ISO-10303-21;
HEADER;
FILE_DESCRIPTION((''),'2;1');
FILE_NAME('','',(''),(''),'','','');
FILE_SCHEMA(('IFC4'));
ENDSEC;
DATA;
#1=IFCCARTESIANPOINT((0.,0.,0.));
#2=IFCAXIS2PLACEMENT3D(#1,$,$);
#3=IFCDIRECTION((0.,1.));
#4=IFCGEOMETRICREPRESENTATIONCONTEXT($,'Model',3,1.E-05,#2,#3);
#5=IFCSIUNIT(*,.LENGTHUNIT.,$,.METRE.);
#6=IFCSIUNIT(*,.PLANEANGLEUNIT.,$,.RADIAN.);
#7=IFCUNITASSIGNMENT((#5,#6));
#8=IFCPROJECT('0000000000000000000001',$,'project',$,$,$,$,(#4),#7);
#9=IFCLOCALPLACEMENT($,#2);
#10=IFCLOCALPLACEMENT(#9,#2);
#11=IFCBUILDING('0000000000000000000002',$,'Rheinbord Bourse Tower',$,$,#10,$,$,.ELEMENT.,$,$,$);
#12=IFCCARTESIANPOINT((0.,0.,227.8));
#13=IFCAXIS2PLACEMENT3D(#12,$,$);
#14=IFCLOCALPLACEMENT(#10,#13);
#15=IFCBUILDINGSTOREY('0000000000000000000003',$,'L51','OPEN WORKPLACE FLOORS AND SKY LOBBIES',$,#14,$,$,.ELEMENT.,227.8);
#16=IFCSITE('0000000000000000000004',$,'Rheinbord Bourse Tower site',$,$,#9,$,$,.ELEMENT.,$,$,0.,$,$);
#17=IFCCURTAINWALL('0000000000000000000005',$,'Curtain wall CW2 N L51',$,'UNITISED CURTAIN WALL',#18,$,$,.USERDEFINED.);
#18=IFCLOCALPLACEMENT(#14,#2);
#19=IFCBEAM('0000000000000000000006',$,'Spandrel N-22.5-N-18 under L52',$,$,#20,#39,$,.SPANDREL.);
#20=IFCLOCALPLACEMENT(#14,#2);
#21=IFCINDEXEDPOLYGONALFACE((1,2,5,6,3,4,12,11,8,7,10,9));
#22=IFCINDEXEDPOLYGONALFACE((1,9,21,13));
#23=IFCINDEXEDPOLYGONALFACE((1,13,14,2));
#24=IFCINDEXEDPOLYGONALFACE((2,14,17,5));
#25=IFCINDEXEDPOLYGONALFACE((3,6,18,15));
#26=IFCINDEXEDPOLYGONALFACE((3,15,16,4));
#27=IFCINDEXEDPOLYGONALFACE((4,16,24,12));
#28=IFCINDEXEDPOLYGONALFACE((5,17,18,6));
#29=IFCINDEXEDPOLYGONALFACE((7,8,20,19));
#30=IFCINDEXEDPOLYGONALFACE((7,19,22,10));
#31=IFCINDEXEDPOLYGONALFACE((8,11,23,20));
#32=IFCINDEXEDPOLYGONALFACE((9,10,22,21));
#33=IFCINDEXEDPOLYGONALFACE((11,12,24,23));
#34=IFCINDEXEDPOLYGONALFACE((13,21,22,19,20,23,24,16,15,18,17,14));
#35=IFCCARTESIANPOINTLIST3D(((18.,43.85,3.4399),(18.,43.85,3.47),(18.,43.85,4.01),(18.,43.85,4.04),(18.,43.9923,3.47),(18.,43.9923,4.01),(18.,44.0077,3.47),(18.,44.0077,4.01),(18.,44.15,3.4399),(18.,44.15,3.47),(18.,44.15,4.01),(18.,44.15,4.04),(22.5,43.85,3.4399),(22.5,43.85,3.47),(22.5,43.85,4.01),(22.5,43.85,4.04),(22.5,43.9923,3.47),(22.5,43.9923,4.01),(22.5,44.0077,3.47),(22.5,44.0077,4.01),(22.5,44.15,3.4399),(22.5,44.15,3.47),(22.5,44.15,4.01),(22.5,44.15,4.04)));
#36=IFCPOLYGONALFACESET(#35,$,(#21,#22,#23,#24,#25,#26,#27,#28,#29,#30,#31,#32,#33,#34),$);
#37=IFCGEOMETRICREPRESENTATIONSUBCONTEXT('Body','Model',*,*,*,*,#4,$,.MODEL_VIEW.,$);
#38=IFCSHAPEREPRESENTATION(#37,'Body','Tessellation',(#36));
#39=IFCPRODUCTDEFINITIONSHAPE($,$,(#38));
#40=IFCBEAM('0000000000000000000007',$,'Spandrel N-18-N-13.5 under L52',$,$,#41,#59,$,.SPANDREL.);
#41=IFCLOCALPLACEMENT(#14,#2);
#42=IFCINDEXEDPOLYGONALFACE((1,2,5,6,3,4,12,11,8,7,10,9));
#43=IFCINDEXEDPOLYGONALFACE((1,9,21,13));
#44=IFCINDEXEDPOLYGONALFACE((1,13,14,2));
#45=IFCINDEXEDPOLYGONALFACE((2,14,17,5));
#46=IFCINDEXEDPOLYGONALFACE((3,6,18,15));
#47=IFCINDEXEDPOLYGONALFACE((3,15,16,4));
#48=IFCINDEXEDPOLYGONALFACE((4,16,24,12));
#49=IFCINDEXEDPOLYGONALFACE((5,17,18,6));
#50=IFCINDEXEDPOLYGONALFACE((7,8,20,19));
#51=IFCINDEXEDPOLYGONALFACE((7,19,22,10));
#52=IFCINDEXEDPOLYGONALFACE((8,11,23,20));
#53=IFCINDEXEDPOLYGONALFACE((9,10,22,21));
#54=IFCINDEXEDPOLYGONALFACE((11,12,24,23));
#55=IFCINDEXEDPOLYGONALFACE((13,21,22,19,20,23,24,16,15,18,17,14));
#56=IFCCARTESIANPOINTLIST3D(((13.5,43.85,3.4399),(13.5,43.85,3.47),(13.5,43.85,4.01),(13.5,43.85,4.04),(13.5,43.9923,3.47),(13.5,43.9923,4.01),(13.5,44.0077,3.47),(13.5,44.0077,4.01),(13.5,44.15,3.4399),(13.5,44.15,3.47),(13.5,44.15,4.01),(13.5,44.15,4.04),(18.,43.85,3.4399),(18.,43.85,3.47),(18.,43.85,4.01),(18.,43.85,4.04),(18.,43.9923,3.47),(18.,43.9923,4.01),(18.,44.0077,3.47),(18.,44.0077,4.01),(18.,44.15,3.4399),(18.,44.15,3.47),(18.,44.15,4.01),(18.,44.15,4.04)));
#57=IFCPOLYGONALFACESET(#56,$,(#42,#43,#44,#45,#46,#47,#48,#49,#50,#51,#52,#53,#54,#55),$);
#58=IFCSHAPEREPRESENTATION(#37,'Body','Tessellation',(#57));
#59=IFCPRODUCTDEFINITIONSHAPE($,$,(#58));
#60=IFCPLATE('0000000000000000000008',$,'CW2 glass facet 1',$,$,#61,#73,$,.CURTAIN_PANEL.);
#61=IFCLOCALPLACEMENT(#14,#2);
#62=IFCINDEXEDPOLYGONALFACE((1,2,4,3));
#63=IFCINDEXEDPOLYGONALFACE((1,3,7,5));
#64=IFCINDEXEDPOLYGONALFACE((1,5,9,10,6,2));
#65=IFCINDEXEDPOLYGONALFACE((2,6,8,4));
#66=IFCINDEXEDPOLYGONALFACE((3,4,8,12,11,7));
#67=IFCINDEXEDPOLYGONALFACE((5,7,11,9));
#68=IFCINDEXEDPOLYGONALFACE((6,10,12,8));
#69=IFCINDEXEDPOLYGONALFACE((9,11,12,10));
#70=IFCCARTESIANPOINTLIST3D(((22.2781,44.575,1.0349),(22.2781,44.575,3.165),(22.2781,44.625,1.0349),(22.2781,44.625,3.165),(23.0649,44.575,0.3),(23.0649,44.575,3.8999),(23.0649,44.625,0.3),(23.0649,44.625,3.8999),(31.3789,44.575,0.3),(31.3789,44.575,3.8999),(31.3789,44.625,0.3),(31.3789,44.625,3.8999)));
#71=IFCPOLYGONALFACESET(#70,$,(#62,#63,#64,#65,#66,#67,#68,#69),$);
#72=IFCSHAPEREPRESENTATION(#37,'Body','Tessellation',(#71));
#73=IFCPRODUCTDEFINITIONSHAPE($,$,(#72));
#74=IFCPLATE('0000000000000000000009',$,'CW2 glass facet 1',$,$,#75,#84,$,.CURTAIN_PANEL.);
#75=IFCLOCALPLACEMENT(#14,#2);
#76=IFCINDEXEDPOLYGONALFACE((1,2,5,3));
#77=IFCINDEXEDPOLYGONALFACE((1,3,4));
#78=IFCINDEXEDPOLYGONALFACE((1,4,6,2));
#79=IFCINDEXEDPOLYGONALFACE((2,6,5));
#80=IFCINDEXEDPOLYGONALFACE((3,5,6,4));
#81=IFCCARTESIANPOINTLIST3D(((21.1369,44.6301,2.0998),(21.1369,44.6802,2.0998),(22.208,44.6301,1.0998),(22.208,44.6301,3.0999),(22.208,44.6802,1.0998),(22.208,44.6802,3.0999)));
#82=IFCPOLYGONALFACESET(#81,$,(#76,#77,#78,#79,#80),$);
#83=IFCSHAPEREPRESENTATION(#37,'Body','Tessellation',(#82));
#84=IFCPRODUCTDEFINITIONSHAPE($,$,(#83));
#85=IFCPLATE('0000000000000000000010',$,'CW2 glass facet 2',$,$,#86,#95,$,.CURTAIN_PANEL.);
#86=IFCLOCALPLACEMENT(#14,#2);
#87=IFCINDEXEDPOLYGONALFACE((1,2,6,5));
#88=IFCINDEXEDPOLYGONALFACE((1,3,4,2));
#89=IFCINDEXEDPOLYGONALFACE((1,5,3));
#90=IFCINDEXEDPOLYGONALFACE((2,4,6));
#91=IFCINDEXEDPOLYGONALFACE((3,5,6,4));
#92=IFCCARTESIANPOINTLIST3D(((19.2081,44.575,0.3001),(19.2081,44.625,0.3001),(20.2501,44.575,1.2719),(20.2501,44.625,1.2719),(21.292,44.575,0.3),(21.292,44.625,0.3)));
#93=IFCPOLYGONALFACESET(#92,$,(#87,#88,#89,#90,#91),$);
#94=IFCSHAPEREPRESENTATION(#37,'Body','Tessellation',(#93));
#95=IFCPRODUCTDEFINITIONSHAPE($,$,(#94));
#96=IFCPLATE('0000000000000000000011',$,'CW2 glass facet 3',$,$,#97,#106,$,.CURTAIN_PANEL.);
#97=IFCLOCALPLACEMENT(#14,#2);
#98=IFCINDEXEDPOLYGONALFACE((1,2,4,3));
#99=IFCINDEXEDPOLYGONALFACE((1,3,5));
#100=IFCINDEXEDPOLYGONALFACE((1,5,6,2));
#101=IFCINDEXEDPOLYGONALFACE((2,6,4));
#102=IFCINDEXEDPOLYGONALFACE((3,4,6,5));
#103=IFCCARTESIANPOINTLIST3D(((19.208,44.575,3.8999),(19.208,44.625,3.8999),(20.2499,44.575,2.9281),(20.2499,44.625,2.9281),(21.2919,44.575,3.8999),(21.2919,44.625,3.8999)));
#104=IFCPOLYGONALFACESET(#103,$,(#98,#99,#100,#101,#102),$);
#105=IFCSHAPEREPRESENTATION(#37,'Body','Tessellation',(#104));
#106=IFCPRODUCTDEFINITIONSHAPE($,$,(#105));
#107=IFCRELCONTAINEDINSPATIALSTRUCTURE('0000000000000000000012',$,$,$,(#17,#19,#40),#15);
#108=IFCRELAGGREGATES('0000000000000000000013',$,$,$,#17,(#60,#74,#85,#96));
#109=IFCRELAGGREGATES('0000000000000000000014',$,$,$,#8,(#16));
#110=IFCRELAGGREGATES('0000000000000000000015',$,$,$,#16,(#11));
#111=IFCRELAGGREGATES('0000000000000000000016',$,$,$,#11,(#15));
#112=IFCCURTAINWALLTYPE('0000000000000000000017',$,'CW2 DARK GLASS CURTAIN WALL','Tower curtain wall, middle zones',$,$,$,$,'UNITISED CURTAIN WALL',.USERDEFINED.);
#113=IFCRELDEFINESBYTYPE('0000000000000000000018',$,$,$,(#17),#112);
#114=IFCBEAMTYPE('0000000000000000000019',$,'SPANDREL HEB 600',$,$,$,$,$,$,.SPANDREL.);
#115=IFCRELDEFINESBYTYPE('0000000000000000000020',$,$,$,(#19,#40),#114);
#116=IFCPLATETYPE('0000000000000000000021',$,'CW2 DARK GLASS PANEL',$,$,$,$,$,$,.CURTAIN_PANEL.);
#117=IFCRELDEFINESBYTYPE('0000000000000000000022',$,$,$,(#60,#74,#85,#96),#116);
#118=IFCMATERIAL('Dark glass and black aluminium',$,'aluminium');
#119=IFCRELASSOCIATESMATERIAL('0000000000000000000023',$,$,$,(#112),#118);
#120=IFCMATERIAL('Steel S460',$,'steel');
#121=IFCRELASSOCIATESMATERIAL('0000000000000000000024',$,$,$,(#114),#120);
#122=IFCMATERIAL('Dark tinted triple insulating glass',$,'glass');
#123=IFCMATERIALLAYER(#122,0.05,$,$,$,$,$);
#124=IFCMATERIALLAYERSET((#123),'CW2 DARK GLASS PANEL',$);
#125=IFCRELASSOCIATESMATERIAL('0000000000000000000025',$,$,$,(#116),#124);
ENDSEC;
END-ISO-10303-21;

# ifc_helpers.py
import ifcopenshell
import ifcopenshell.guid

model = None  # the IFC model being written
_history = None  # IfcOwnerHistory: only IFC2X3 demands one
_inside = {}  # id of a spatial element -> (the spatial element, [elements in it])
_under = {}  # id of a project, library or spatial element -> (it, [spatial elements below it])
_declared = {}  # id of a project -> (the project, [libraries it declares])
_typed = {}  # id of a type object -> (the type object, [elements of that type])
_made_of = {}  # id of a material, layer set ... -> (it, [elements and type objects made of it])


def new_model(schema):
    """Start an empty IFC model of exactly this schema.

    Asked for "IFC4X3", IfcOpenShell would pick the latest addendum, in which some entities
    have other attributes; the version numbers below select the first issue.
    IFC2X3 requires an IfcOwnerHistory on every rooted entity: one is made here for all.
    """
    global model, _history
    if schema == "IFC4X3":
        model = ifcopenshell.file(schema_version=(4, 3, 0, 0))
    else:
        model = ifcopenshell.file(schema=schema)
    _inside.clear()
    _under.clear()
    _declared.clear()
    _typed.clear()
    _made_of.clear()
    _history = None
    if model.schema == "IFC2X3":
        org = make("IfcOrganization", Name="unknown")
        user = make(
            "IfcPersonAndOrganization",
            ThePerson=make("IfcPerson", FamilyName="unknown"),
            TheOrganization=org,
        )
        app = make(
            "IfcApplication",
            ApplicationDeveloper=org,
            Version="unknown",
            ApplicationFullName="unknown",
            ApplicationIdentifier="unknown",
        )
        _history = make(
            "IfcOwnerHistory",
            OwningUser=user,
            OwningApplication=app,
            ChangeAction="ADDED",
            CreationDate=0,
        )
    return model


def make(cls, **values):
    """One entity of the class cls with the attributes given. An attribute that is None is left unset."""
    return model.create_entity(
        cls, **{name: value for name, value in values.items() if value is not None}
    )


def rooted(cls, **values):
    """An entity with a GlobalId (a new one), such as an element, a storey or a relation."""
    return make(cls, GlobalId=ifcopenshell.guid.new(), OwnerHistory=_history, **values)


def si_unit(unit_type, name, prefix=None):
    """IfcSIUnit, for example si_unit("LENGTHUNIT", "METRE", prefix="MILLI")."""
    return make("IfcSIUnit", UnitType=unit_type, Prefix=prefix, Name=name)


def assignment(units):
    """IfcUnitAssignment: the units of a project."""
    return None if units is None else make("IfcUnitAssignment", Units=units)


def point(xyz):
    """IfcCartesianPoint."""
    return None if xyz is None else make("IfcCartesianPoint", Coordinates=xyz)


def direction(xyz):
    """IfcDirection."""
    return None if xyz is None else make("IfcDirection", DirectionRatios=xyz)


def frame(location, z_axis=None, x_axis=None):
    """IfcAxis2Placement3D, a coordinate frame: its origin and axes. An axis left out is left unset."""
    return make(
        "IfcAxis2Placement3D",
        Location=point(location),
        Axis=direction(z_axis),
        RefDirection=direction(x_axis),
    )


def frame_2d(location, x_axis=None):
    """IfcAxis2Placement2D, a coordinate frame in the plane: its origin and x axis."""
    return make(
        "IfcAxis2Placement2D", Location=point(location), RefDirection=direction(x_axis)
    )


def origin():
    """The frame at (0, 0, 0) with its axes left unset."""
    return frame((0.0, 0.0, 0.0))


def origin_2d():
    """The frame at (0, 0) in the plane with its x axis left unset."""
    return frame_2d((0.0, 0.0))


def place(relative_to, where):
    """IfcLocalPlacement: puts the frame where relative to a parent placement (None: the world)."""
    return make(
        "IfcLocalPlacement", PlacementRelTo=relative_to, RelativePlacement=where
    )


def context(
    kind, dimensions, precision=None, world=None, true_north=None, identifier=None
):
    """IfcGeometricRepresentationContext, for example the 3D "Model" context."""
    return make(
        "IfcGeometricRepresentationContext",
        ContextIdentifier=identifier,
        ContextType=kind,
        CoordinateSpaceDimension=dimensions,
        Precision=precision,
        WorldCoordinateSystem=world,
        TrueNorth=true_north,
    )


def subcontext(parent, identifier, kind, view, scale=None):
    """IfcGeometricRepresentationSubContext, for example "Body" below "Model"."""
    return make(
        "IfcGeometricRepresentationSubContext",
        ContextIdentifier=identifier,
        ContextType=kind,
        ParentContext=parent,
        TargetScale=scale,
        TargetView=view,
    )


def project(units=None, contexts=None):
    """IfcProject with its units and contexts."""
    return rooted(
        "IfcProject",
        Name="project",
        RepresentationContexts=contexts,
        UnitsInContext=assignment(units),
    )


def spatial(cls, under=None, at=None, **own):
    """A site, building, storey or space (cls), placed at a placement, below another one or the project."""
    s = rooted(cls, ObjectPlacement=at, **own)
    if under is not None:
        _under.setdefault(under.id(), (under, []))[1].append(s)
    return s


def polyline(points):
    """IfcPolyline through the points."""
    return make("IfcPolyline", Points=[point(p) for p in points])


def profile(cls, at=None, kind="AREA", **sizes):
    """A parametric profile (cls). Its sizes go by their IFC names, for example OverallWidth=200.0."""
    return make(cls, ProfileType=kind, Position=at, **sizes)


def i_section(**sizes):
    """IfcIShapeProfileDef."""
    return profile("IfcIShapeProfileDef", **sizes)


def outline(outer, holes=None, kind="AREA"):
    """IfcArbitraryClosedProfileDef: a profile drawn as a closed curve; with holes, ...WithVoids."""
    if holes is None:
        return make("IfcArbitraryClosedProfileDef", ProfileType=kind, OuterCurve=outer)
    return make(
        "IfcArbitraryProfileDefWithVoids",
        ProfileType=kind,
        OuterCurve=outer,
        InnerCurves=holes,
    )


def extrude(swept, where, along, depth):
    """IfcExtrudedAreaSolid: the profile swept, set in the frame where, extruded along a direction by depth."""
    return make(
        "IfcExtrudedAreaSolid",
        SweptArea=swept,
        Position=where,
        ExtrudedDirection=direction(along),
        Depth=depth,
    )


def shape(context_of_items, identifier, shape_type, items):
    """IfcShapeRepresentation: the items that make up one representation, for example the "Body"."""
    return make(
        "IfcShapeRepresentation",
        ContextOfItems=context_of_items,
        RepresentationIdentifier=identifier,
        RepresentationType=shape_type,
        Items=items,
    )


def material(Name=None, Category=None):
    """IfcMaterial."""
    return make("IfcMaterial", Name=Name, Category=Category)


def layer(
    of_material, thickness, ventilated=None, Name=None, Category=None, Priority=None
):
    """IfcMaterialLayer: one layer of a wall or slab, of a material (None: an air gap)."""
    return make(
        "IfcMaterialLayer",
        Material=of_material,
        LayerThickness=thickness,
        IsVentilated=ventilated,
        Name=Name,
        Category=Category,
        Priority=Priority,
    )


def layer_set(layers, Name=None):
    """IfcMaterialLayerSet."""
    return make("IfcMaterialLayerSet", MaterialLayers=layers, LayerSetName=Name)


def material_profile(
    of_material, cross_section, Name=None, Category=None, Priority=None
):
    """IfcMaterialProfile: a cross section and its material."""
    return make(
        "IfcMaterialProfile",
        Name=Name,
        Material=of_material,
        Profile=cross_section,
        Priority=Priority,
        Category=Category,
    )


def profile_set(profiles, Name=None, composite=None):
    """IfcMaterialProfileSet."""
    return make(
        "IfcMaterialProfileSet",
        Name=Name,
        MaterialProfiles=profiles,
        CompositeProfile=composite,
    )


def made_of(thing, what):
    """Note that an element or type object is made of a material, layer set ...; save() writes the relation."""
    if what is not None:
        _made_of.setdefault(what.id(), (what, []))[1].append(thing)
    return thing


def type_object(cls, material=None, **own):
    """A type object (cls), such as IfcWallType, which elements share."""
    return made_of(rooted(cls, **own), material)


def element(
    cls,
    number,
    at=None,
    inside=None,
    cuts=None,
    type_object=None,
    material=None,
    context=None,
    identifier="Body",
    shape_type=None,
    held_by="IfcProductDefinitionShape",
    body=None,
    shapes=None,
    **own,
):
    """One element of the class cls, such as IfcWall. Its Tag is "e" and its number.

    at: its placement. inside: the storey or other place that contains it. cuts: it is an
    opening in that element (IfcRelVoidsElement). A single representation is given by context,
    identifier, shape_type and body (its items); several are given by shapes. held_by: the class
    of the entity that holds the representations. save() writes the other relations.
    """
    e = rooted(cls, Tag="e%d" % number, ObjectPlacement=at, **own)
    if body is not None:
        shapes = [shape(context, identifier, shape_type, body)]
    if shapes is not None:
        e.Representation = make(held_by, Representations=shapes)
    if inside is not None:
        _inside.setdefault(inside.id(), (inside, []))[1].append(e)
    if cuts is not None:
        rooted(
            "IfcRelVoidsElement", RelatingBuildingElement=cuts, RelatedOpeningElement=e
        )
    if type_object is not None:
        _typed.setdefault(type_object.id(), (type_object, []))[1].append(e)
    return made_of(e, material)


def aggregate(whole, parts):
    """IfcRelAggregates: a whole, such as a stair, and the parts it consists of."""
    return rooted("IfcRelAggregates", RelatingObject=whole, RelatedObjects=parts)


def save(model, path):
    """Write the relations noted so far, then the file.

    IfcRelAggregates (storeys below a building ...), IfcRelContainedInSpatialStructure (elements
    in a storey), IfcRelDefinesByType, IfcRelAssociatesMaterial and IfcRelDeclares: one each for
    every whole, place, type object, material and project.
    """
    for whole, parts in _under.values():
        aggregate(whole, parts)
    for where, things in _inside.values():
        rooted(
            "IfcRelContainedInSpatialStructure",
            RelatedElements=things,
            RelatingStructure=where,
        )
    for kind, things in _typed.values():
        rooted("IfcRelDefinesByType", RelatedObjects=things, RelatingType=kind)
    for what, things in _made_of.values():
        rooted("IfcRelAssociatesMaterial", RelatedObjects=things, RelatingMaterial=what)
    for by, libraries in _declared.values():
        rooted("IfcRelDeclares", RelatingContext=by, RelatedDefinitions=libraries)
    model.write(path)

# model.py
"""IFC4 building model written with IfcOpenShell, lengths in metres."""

from ifc_helpers import new_model, si_unit, direction, frame, origin, origin_2d, place, context, subcontext, project, spatial, polyline, i_section, outline, extrude, material, layer, layer_set, material_profile, profile_set, type_object, element, aggregate, save


model = new_model("IFC4")

# Units and contexts
model_context = context("Model", 3, precision=1e-05, world=origin(), true_north=direction((0.0, 1.0)))
body_context = subcontext(model_context, "Body", "Model", "MODEL_VIEW")
ifc_project = project(units=[si_unit("LENGTHUNIT", "METRE"), si_unit("PLANEANGLEUNIT", "RADIAN")], contexts=[model_context])

# Site, building, storey
site_placement = place(None, origin())
site = spatial("IfcSite", under=ifc_project, at=site_placement, Name="Rheinbord Bourse Tower site", CompositionType="ELEMENT", RefElevation=0.0)
building_placement = place(site_placement, origin())
building = spatial("IfcBuilding", under=site, at=building_placement, Name="Rheinbord Bourse Tower", CompositionType="ELEMENT")
storey_placement = place(building_placement, frame((0.0, 0.0, 227.8)))
storey = spatial("IfcBuildingStorey", under=building, at=storey_placement, Name="L51", Description="OPEN WORKPLACE FLOORS AND SKY LOBBIES", CompositionType="ELEMENT", Elevation=227.8)

# Curtain wall
ifc_material_1 = material(Name="Dark glass and black aluminium", Category="aluminium")
curtain_wall_type = type_object("IfcCurtainWallType", Name="CW2 DARK GLASS CURTAIN WALL", Description="Tower curtain wall, middle zones", ElementType="UNITISED CURTAIN WALL", PredefinedType="USERDEFINED", material=ifc_material_1)
curtain_wall_placement = place(storey_placement, origin())
curtain_wall = element("IfcCurtainWall", 1, at=curtain_wall_placement, inside=storey, type_object=curtain_wall_type, Name="Curtain wall CW2 N L51", ObjectType="UNITISED CURTAIN WALL", PredefinedType="USERDEFINED")

# Beams
ifc_material_2 = material(Name="Steel S460", Category="steel")
ifc_material_profile_1 = material_profile(ifc_material_2, i_section(OverallWidth=0.3, OverallDepth=0.6001, WebThickness=0.0154, FlangeThickness=0.03, at=origin_2d()), Name="HEB 600")
ifc_profile_set_1 = profile_set([ifc_material_profile_1], Name="Steel S460")
beam_type_1 = type_object("IfcBeamType", Name="SPANDREL HEB 600", PredefinedType="SPANDREL", material=ifc_profile_set_1)
for number, where, z_axis, x_axis, name in (
    (2, (22.5, 44.0, 3.74), (-1.0, 0.0, 0.0), (0.0, -1.0, 0.0), "Spandrel N-22.5-N-18 under L52"),
    (3, (18.0, 44.0, 3.74), (-1.0, 0.0, 0.0), (0.0, -1.0, 0.0), "Spandrel N-18-N-13.5 under L52"),
):
    element("IfcBeam", number, at=place(storey_placement, frame(where, z_axis=z_axis, x_axis=x_axis)), inside=storey, type_object=beam_type_1, Name=name, PredefinedType="SPANDREL", context=body_context, shape_type="SweptSolid", body=[
        extrude(i_section(OverallWidth=0.3, OverallDepth=0.6001, WebThickness=0.0154, FlangeThickness=0.03, at=origin_2d()), origin(), (0.0, 0.0, 1.0), 4.5),
    ])

# Plates
ifc_material_3 = material(Name="Dark tinted triple insulating glass", Category="glass")
ifc_layer = layer(ifc_material_3, 0.05)
ifc_layer_set = layer_set([ifc_layer], Name="CW2 DARK GLASS PANEL")
plate_type = type_object("IfcPlateType", Name="CW2 DARK GLASS PANEL", PredefinedType="CURTAIN_PANEL", material=ifc_layer_set)
plate_1_placement = place(storey_placement, frame((31.3789, 44.625, 0.3), z_axis=(0.0, -1.0, 0.0), x_axis=(0.0, 0.0, 1.0)))
plate_1 = element("IfcPlate", 4, at=plate_1_placement, type_object=plate_type, Name="CW2 glass facet 1", PredefinedType="CURTAIN_PANEL", context=body_context, shape_type="SweptSolid", body=[
    extrude(outline(polyline([(0.0, 0.0), (3.5999, 0.0), (3.5999, 8.314), (2.865, 9.1008), (0.7349, 9.1008), (0.0, 8.314), (0.0, 0.0)])), origin(), (0.0, 0.0, 1.0), 0.05),
])
plate_2_placement = place(storey_placement, frame((22.208, 44.6802, 3.0999), z_axis=(0.0, -1.0, 0.0), x_axis=(-0.730933, 0.0, -0.682449)))
plate_2 = element("IfcPlate", 5, at=plate_2_placement, type_object=plate_type, Name="CW2 glass facet 1", PredefinedType="CURTAIN_PANEL", context=body_context, shape_type="SweptSolid", body=[
    extrude(outline(polyline([(0.0, 0.0), (1.4653, 0.0), (1.365, 1.4619), (0.0, 0.0)])), origin(), (0.0, 0.0, 1.0), 0.05),
])
plate_3_placement = place(storey_placement, frame((21.292, 44.625, 0.3), z_axis=(0.0, -1.0, 0.0), x_axis=(-0.731266, 0.0, 0.682092)))
plate_3 = element("IfcPlate", 6, at=plate_3_placement, type_object=plate_type, Name="CW2 glass facet 2", PredefinedType="CURTAIN_PANEL", context=body_context, shape_type="SweptSolid", body=[
    extrude(outline(polyline([(0.0, 0.0), (1.4248, 0.0), (1.5239, 1.4214), (0.0, 0.0)])), origin(), (0.0, 0.0, 1.0), 0.05),
])
plate_4_placement = place(storey_placement, frame((19.208, 44.625, 3.8999), z_axis=(0.0, -1.0, 0.0), x_axis=(0.731266, 0.0, -0.682092)))
plate_4 = element("IfcPlate", 7, at=plate_4_placement, type_object=plate_type, Name="CW2 glass facet 3", PredefinedType="CURTAIN_PANEL", context=body_context, shape_type="SweptSolid", body=[
    extrude(outline(polyline([(0.0, 0.0), (1.4248, 0.0), (1.5239, 1.4214), (0.0, 0.0)])), origin(), (0.0, 0.0, 1.0), 0.05),
])
aggregate(curtain_wall, [plate_1, plate_2, plate_3, plate_4])

save(model, "model.ifc")
